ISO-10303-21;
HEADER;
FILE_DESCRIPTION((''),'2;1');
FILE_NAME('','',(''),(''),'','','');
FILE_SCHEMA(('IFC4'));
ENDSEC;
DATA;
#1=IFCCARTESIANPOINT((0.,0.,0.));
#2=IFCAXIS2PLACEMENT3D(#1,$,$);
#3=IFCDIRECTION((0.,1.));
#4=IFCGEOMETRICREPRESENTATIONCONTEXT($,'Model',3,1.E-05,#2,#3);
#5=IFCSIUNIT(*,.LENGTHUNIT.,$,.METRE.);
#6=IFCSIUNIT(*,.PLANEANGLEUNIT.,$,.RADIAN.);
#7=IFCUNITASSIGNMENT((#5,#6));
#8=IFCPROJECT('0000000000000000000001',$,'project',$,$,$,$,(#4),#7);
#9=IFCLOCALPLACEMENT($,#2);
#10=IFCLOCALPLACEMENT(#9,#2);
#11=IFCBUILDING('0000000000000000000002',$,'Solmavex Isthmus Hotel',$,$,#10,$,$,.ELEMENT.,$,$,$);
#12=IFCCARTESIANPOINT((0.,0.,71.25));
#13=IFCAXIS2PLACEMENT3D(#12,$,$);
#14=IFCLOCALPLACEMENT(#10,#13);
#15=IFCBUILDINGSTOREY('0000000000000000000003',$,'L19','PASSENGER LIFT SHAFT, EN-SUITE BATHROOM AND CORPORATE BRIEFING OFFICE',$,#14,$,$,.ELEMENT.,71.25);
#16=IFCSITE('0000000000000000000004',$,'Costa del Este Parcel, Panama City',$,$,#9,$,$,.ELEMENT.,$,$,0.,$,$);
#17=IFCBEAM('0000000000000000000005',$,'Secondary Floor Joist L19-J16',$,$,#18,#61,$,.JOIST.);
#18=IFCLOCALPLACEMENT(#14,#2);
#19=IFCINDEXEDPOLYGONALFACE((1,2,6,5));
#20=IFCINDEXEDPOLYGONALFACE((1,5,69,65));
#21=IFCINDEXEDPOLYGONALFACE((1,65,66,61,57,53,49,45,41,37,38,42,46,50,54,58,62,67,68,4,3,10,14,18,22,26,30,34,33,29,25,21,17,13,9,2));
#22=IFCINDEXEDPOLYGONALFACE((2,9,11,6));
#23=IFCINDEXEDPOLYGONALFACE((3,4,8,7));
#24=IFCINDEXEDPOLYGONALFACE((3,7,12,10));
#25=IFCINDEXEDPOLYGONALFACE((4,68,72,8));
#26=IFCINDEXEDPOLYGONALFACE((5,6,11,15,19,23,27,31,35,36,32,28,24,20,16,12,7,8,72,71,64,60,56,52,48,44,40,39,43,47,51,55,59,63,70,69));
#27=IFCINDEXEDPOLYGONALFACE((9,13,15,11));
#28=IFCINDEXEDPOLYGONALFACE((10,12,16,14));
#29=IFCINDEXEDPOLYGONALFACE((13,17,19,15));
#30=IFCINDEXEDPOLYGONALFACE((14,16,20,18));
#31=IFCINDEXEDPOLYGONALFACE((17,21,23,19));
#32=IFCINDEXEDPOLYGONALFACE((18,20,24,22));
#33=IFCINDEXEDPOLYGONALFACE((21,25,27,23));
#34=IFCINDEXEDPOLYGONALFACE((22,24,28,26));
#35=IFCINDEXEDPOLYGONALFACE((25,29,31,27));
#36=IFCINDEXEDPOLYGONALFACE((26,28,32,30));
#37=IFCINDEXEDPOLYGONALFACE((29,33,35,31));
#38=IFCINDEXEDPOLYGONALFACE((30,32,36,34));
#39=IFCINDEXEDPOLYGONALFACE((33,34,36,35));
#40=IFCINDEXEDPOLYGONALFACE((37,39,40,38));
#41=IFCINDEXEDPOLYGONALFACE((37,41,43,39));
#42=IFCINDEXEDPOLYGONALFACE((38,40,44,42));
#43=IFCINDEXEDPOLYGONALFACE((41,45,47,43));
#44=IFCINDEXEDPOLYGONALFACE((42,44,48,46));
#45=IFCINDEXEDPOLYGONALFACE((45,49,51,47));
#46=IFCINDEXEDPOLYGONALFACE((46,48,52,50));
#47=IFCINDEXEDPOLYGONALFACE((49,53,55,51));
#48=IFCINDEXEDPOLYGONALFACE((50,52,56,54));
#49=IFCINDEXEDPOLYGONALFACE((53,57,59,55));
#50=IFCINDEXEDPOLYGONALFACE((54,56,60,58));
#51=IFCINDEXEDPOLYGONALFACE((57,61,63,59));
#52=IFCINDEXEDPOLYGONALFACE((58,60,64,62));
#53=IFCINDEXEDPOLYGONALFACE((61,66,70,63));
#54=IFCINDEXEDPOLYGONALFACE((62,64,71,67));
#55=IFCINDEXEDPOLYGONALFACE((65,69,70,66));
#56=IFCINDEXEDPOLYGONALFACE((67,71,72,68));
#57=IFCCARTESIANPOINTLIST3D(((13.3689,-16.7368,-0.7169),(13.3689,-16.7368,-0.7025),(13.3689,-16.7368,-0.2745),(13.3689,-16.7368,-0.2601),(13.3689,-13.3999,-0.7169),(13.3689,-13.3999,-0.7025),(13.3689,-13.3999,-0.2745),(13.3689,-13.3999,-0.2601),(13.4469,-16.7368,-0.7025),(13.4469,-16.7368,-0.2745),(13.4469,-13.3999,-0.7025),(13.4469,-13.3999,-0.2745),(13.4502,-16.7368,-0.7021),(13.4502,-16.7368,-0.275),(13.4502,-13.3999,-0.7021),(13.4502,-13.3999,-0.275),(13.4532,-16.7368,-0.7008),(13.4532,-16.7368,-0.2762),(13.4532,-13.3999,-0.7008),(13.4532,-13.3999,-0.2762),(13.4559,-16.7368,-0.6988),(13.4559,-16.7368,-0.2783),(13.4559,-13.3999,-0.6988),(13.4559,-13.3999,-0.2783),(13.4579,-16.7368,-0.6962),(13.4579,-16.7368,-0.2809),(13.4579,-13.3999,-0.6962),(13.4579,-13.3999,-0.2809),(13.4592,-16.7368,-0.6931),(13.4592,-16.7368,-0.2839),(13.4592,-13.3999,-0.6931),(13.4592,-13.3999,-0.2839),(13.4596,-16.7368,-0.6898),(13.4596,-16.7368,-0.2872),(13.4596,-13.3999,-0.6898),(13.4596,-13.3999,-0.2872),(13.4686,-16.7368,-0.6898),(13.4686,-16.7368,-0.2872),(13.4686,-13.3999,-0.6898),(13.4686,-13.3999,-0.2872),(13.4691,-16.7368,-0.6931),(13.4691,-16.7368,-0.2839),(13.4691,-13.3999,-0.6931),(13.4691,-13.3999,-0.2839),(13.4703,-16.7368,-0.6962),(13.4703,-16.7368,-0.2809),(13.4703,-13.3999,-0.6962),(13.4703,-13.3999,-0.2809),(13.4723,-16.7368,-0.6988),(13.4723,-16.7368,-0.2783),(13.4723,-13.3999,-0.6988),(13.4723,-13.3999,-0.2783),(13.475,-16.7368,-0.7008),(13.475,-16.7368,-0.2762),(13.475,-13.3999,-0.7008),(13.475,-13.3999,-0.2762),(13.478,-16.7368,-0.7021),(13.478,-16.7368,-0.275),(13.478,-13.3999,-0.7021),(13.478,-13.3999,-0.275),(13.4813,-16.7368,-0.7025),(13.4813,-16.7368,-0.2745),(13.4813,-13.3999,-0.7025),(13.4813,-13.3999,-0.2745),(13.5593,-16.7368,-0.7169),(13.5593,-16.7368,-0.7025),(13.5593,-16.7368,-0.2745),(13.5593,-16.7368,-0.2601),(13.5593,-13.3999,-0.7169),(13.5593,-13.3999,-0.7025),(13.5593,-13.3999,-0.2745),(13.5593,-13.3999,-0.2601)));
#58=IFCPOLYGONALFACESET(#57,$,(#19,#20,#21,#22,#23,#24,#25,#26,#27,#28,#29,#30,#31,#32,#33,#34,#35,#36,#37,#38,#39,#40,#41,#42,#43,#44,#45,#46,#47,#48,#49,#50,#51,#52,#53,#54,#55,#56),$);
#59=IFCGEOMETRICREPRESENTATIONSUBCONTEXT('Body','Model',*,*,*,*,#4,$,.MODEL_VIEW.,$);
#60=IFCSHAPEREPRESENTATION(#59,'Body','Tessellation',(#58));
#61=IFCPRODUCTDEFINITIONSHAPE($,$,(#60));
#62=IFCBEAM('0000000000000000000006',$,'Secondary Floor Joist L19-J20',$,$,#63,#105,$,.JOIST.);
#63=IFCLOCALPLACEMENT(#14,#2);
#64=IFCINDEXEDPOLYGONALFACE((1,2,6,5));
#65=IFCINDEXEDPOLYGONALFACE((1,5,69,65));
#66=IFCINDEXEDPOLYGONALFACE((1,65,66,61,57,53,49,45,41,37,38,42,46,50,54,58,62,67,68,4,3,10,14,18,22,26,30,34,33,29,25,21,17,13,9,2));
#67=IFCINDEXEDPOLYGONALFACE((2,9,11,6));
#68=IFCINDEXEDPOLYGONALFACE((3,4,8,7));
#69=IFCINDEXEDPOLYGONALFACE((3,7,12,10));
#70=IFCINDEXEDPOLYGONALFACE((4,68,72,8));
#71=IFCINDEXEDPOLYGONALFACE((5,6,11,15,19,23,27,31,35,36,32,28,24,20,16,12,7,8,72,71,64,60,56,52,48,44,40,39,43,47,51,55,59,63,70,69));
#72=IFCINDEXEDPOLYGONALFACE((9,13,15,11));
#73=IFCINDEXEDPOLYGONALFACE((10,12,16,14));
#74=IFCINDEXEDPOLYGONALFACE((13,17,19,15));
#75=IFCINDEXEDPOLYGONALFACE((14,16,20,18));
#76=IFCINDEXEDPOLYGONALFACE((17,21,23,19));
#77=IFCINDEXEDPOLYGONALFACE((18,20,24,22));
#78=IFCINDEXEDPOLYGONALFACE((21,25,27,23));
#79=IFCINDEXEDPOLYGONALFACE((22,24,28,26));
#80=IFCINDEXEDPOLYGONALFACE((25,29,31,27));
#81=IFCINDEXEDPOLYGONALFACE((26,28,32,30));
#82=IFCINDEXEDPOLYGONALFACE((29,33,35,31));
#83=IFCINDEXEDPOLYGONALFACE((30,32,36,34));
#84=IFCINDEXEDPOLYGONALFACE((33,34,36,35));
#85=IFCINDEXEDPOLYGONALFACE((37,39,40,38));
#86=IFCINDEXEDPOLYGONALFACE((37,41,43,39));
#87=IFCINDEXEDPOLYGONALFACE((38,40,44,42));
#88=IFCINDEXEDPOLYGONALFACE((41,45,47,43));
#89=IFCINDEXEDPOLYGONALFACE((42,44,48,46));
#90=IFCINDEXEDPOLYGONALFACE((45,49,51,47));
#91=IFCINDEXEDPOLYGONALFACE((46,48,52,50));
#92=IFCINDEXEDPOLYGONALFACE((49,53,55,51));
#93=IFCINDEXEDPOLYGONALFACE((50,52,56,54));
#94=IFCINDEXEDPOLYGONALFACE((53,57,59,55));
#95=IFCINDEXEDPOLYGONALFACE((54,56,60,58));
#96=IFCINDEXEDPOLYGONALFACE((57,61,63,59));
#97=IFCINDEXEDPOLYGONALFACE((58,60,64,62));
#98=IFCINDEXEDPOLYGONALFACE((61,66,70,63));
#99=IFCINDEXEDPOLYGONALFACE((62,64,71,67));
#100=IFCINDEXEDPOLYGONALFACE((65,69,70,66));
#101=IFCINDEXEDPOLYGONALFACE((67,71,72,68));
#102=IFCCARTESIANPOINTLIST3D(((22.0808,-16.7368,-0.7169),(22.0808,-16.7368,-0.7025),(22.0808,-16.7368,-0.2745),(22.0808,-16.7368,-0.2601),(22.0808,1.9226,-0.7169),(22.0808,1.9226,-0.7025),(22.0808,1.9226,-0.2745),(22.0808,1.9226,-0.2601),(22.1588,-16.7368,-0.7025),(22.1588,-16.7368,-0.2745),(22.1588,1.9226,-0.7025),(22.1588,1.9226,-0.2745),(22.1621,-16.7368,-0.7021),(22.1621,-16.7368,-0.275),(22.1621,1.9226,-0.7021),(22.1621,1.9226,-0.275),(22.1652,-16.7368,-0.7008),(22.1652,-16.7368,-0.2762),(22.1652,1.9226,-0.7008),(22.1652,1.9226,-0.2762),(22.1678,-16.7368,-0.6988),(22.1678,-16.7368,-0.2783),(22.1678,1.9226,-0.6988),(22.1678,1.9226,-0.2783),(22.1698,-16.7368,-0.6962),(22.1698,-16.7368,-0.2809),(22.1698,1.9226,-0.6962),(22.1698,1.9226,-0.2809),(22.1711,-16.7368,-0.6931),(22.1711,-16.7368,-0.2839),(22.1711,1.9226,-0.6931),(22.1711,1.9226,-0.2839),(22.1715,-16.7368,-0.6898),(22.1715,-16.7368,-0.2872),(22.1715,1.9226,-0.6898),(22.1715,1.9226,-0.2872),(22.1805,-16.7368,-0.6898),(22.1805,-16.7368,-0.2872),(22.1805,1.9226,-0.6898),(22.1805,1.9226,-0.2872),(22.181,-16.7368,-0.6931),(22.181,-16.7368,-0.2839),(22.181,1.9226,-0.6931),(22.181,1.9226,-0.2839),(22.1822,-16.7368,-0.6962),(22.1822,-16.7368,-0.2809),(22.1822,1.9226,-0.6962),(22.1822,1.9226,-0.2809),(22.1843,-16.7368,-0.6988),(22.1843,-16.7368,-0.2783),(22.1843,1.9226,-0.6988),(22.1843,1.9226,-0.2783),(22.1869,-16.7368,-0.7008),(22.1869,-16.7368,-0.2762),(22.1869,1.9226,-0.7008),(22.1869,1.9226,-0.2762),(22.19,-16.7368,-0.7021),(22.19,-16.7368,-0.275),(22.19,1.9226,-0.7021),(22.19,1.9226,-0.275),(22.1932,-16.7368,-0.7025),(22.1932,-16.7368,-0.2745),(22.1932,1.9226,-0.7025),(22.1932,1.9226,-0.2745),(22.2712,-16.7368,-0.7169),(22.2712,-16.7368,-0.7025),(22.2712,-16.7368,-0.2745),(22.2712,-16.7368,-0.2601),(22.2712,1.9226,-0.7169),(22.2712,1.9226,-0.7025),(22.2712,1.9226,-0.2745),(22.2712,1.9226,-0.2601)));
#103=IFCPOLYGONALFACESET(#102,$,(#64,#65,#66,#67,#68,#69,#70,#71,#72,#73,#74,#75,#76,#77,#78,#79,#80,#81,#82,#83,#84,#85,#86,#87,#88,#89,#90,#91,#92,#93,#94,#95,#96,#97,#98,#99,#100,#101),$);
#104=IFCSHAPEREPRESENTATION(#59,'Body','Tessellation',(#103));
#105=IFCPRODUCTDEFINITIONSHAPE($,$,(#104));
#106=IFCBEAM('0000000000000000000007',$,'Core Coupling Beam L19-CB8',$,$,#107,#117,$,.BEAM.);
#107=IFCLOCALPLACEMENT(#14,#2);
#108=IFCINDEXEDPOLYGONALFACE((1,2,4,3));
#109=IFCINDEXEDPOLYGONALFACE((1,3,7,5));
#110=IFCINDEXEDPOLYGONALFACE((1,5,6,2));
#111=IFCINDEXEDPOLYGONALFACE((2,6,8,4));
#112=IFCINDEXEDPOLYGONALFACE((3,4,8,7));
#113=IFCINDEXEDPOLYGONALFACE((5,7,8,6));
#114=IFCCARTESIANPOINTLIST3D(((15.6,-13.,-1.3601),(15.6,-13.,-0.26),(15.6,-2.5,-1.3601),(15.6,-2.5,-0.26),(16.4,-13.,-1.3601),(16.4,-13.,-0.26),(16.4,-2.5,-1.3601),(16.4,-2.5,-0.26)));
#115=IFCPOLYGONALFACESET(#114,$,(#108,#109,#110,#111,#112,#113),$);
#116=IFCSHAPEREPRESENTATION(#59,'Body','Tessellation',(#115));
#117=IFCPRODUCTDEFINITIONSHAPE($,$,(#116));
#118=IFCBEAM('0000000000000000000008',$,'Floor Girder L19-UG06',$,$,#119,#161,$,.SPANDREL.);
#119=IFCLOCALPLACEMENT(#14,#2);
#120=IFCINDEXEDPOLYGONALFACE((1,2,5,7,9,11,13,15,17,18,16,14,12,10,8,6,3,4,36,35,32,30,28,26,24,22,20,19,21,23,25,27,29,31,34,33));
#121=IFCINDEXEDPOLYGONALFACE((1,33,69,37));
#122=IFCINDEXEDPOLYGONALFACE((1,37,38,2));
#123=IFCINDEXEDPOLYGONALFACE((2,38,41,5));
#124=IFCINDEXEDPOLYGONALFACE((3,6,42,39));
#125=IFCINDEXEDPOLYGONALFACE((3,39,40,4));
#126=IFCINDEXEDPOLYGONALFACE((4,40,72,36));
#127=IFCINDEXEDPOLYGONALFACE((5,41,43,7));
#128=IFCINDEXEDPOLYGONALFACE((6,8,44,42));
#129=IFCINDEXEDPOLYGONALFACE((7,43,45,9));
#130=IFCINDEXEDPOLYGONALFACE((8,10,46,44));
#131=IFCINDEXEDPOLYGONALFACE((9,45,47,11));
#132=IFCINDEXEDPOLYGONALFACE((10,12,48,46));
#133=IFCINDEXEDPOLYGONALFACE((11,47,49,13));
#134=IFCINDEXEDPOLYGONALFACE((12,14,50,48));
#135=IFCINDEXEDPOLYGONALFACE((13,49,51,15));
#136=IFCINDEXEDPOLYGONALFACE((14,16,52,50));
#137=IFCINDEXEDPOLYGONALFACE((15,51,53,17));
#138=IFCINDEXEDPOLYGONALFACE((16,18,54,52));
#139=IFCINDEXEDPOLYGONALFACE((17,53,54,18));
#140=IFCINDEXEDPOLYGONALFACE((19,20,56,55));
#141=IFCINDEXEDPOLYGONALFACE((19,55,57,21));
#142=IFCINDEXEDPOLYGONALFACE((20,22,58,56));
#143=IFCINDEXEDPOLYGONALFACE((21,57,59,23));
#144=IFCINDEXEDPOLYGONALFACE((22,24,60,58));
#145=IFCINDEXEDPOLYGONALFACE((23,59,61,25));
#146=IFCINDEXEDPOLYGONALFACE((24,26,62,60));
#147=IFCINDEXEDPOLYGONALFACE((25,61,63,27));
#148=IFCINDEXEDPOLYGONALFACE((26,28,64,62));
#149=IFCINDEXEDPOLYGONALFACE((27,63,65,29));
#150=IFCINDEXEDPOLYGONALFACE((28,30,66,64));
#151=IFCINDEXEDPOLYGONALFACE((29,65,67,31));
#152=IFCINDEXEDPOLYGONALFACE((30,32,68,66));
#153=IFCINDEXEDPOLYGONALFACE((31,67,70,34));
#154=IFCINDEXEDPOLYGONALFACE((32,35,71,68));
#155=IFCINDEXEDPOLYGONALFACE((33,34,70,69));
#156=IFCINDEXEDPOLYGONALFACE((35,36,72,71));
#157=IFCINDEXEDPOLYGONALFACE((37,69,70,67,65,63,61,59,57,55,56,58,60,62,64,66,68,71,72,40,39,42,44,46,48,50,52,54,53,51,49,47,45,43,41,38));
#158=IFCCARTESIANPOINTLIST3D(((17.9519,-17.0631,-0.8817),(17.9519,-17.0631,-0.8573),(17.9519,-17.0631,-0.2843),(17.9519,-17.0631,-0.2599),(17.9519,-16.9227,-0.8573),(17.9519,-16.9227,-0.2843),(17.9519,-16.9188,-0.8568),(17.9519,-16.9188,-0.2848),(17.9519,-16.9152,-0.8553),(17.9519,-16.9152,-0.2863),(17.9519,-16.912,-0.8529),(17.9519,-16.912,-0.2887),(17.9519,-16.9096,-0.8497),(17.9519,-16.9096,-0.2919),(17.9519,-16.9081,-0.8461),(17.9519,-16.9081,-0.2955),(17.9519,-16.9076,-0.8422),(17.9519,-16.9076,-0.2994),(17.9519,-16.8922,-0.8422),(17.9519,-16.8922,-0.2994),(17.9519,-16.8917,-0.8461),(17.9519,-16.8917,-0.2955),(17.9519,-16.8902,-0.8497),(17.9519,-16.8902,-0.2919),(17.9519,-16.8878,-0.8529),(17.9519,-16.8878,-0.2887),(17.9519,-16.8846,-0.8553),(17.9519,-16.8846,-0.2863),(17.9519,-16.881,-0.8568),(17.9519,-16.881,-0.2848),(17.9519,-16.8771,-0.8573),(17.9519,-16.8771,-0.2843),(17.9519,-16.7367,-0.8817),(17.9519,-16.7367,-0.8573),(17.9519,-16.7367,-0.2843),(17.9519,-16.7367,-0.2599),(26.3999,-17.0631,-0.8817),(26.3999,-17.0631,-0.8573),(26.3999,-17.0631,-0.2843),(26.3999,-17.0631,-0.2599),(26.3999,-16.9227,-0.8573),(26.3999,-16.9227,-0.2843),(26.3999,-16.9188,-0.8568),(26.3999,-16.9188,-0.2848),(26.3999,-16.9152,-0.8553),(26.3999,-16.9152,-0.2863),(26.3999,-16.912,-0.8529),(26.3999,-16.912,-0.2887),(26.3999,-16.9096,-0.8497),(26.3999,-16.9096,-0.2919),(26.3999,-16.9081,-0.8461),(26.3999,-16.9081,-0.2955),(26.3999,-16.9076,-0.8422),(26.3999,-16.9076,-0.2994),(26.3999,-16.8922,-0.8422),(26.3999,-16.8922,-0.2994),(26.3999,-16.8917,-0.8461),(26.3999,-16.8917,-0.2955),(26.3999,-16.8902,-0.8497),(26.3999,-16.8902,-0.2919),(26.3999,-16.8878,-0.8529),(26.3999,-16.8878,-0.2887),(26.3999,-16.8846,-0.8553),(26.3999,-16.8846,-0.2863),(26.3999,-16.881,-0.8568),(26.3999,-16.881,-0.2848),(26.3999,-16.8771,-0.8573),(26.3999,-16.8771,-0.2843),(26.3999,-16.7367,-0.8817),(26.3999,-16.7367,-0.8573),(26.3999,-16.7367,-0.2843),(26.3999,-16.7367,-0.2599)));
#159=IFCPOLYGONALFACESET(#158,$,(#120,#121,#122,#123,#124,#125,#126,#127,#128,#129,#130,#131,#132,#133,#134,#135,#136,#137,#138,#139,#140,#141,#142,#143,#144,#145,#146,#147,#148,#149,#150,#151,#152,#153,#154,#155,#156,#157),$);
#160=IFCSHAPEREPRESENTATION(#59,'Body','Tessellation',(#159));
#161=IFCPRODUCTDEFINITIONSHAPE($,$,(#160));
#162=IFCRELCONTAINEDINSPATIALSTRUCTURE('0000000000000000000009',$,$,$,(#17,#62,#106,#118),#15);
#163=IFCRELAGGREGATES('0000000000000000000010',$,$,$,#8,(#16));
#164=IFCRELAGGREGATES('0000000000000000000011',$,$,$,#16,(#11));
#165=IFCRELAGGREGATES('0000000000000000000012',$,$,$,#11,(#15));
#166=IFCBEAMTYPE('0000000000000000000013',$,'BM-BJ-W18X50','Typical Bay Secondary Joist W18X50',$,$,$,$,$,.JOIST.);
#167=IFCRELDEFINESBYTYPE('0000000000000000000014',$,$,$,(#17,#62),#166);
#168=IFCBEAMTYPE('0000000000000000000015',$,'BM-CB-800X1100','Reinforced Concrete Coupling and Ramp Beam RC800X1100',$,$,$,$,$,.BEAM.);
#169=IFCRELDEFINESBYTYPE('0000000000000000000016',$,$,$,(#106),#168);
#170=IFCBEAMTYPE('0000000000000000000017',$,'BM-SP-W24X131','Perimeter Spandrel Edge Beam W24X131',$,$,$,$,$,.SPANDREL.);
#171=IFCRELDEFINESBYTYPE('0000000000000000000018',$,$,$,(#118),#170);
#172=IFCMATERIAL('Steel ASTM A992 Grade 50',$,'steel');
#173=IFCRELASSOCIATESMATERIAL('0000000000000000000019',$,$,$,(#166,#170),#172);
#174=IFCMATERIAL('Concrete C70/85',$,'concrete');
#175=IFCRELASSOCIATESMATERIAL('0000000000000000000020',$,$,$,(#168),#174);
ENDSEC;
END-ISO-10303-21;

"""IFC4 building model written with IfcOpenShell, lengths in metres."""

from ifc_helpers import new_model, si_unit, direction, frame, origin, origin_2d, place, context, subcontext, project, spatial, rectangle, i_section, extrude, material, material_profile, profile_set, type_object, element, save


model = new_model("IFC4")

# Units and contexts
model_context = context("Model", 3, precision=1e-05, world=origin(), true_north=direction((0.0, 1.0)))
body_context = subcontext(model_context, "Body", "Model", "MODEL_VIEW")
ifc_project = project(units=[si_unit("LENGTHUNIT", "METRE"), si_unit("PLANEANGLEUNIT", "RADIAN")], contexts=[model_context])

# Site, building, storey
site_placement = place(None, origin())
site = spatial("IfcSite", under=ifc_project, at=site_placement, Name="Costa del Este Parcel, Panama City", CompositionType="ELEMENT", RefElevation=0.0)
building_placement = place(site_placement, origin())
building = spatial("IfcBuilding", under=site, at=building_placement, Name="Solmavex Isthmus Hotel", CompositionType="ELEMENT")
storey_placement = place(building_placement, frame((0.0, 0.0, 71.25)))
storey = spatial("IfcBuildingStorey", under=building, at=storey_placement, Name="L19", Description="PASSENGER LIFT SHAFT, EN-SUITE BATHROOM AND CORPORATE BRIEFING OFFICE", CompositionType="ELEMENT", Elevation=71.25)

# Shared definitions
ifc_material_1 = material(Name="Concrete C70/85", Category="concrete")

# Beams
ifc_material_2 = material(Name="Steel ASTM A992 Grade 50", Category="steel")
ifc_material_profile_1 = material_profile(ifc_material_2, i_section(OverallWidth=0.1904, OverallDepth=0.4568, WebThickness=0.009, FlangeThickness=0.0144, FilletRadius=0.0127, at=origin_2d()), Name="W18X50")
ifc_profile_set_1 = profile_set([ifc_material_profile_1], Name="Steel ASTM A992 Grade 50")
beam_type_1 = type_object("IfcBeamType", Name="BM-BJ-W18X50", Description="Typical Bay Secondary Joist W18X50", PredefinedType="JOIST", material=ifc_profile_set_1)
beam_1_placement = place(storey_placement, frame((13.4641, -16.7368, -0.4885), z_axis=(0.0, 1.0, 0.0), x_axis=(-1.0, 0.0, 0.0)))
element("IfcBeam", 1, at=beam_1_placement, inside=storey, type_object=beam_type_1, Name="Secondary Floor Joist L19-J16", PredefinedType="JOIST", context=body_context, shape_type="SweptSolid", body=[
    extrude(i_section(OverallWidth=0.1904, OverallDepth=0.4568, WebThickness=0.009, FlangeThickness=0.0144, FilletRadius=0.0127, at=origin_2d()), origin(), (0.0, 0.0, 1.0), 3.3369),
])
beam_2_placement = place(storey_placement, frame((22.176, -16.7368, -0.4885), z_axis=(0.0, 1.0, 0.0), x_axis=(-1.0, 0.0, 0.0)))
element("IfcBeam", 2, at=beam_2_placement, inside=storey, type_object=beam_type_1, Name="Secondary Floor Joist L19-J20", PredefinedType="JOIST", context=body_context, shape_type="SweptSolid", body=[
    extrude(i_section(OverallWidth=0.1904, OverallDepth=0.4568, WebThickness=0.009, FlangeThickness=0.0144, FilletRadius=0.0127, at=origin_2d()), origin(), (0.0, 0.0, 1.0), 18.6594),
])
ifc_material_profile_2 = material_profile(ifc_material_1, rectangle(XDim=0.8, YDim=1.1001, at=origin_2d()), Name="RC800X1100")
ifc_profile_set_2 = profile_set([ifc_material_profile_2], Name="Concrete C70/85")
beam_type_2 = type_object("IfcBeamType", Name="BM-CB-800X1100", Description="Reinforced Concrete Coupling and Ramp Beam RC800X1100", PredefinedType="BEAM", material=ifc_profile_set_2)
beam_3_placement = place(storey_placement, frame((16.0, -13.0, -0.8101), z_axis=(0.0, 1.0, 0.0), x_axis=(-1.0, 0.0, 0.0)))
element("IfcBeam", 3, at=beam_3_placement, inside=storey, type_object=beam_type_2, Name="Core Coupling Beam L19-CB8", PredefinedType="BEAM", context=body_context, shape_type="SweptSolid", body=[
    extrude(rectangle(XDim=0.8, YDim=1.1001, at=origin_2d()), origin(), (0.0, 0.0, 1.0), 10.5),
])
ifc_material_profile_3 = material_profile(ifc_material_2, i_section(OverallWidth=0.3264, OverallDepth=0.6218, WebThickness=0.0154, FlangeThickness=0.0244, FilletRadius=0.0151, at=origin_2d()), Name="W24X131")
ifc_profile_set_3 = profile_set([ifc_material_profile_3], Name="Steel ASTM A992 Grade 50")
beam_type_3 = type_object("IfcBeamType", Name="BM-SP-W24X131", Description="Perimeter Spandrel Edge Beam W24X131", PredefinedType="SPANDREL", material=ifc_profile_set_3)
beam_4_placement = place(storey_placement, frame((17.9519, -16.8999, -0.5708), z_axis=(1.0, 0.0, 0.0), x_axis=(0.0, 1.0, 0.0)))
element("IfcBeam", 4, at=beam_4_placement, inside=storey, type_object=beam_type_3, Name="Floor Girder L19-UG06", PredefinedType="SPANDREL", context=body_context, shape_type="SweptSolid", body=[
    extrude(i_section(OverallWidth=0.3264, OverallDepth=0.6218, WebThickness=0.0154, FlangeThickness=0.0244, FilletRadius=0.0151, at=origin_2d()), origin(), (0.0, 0.0, 1.0), 8.448),
])

save(model, "model.ifc")
